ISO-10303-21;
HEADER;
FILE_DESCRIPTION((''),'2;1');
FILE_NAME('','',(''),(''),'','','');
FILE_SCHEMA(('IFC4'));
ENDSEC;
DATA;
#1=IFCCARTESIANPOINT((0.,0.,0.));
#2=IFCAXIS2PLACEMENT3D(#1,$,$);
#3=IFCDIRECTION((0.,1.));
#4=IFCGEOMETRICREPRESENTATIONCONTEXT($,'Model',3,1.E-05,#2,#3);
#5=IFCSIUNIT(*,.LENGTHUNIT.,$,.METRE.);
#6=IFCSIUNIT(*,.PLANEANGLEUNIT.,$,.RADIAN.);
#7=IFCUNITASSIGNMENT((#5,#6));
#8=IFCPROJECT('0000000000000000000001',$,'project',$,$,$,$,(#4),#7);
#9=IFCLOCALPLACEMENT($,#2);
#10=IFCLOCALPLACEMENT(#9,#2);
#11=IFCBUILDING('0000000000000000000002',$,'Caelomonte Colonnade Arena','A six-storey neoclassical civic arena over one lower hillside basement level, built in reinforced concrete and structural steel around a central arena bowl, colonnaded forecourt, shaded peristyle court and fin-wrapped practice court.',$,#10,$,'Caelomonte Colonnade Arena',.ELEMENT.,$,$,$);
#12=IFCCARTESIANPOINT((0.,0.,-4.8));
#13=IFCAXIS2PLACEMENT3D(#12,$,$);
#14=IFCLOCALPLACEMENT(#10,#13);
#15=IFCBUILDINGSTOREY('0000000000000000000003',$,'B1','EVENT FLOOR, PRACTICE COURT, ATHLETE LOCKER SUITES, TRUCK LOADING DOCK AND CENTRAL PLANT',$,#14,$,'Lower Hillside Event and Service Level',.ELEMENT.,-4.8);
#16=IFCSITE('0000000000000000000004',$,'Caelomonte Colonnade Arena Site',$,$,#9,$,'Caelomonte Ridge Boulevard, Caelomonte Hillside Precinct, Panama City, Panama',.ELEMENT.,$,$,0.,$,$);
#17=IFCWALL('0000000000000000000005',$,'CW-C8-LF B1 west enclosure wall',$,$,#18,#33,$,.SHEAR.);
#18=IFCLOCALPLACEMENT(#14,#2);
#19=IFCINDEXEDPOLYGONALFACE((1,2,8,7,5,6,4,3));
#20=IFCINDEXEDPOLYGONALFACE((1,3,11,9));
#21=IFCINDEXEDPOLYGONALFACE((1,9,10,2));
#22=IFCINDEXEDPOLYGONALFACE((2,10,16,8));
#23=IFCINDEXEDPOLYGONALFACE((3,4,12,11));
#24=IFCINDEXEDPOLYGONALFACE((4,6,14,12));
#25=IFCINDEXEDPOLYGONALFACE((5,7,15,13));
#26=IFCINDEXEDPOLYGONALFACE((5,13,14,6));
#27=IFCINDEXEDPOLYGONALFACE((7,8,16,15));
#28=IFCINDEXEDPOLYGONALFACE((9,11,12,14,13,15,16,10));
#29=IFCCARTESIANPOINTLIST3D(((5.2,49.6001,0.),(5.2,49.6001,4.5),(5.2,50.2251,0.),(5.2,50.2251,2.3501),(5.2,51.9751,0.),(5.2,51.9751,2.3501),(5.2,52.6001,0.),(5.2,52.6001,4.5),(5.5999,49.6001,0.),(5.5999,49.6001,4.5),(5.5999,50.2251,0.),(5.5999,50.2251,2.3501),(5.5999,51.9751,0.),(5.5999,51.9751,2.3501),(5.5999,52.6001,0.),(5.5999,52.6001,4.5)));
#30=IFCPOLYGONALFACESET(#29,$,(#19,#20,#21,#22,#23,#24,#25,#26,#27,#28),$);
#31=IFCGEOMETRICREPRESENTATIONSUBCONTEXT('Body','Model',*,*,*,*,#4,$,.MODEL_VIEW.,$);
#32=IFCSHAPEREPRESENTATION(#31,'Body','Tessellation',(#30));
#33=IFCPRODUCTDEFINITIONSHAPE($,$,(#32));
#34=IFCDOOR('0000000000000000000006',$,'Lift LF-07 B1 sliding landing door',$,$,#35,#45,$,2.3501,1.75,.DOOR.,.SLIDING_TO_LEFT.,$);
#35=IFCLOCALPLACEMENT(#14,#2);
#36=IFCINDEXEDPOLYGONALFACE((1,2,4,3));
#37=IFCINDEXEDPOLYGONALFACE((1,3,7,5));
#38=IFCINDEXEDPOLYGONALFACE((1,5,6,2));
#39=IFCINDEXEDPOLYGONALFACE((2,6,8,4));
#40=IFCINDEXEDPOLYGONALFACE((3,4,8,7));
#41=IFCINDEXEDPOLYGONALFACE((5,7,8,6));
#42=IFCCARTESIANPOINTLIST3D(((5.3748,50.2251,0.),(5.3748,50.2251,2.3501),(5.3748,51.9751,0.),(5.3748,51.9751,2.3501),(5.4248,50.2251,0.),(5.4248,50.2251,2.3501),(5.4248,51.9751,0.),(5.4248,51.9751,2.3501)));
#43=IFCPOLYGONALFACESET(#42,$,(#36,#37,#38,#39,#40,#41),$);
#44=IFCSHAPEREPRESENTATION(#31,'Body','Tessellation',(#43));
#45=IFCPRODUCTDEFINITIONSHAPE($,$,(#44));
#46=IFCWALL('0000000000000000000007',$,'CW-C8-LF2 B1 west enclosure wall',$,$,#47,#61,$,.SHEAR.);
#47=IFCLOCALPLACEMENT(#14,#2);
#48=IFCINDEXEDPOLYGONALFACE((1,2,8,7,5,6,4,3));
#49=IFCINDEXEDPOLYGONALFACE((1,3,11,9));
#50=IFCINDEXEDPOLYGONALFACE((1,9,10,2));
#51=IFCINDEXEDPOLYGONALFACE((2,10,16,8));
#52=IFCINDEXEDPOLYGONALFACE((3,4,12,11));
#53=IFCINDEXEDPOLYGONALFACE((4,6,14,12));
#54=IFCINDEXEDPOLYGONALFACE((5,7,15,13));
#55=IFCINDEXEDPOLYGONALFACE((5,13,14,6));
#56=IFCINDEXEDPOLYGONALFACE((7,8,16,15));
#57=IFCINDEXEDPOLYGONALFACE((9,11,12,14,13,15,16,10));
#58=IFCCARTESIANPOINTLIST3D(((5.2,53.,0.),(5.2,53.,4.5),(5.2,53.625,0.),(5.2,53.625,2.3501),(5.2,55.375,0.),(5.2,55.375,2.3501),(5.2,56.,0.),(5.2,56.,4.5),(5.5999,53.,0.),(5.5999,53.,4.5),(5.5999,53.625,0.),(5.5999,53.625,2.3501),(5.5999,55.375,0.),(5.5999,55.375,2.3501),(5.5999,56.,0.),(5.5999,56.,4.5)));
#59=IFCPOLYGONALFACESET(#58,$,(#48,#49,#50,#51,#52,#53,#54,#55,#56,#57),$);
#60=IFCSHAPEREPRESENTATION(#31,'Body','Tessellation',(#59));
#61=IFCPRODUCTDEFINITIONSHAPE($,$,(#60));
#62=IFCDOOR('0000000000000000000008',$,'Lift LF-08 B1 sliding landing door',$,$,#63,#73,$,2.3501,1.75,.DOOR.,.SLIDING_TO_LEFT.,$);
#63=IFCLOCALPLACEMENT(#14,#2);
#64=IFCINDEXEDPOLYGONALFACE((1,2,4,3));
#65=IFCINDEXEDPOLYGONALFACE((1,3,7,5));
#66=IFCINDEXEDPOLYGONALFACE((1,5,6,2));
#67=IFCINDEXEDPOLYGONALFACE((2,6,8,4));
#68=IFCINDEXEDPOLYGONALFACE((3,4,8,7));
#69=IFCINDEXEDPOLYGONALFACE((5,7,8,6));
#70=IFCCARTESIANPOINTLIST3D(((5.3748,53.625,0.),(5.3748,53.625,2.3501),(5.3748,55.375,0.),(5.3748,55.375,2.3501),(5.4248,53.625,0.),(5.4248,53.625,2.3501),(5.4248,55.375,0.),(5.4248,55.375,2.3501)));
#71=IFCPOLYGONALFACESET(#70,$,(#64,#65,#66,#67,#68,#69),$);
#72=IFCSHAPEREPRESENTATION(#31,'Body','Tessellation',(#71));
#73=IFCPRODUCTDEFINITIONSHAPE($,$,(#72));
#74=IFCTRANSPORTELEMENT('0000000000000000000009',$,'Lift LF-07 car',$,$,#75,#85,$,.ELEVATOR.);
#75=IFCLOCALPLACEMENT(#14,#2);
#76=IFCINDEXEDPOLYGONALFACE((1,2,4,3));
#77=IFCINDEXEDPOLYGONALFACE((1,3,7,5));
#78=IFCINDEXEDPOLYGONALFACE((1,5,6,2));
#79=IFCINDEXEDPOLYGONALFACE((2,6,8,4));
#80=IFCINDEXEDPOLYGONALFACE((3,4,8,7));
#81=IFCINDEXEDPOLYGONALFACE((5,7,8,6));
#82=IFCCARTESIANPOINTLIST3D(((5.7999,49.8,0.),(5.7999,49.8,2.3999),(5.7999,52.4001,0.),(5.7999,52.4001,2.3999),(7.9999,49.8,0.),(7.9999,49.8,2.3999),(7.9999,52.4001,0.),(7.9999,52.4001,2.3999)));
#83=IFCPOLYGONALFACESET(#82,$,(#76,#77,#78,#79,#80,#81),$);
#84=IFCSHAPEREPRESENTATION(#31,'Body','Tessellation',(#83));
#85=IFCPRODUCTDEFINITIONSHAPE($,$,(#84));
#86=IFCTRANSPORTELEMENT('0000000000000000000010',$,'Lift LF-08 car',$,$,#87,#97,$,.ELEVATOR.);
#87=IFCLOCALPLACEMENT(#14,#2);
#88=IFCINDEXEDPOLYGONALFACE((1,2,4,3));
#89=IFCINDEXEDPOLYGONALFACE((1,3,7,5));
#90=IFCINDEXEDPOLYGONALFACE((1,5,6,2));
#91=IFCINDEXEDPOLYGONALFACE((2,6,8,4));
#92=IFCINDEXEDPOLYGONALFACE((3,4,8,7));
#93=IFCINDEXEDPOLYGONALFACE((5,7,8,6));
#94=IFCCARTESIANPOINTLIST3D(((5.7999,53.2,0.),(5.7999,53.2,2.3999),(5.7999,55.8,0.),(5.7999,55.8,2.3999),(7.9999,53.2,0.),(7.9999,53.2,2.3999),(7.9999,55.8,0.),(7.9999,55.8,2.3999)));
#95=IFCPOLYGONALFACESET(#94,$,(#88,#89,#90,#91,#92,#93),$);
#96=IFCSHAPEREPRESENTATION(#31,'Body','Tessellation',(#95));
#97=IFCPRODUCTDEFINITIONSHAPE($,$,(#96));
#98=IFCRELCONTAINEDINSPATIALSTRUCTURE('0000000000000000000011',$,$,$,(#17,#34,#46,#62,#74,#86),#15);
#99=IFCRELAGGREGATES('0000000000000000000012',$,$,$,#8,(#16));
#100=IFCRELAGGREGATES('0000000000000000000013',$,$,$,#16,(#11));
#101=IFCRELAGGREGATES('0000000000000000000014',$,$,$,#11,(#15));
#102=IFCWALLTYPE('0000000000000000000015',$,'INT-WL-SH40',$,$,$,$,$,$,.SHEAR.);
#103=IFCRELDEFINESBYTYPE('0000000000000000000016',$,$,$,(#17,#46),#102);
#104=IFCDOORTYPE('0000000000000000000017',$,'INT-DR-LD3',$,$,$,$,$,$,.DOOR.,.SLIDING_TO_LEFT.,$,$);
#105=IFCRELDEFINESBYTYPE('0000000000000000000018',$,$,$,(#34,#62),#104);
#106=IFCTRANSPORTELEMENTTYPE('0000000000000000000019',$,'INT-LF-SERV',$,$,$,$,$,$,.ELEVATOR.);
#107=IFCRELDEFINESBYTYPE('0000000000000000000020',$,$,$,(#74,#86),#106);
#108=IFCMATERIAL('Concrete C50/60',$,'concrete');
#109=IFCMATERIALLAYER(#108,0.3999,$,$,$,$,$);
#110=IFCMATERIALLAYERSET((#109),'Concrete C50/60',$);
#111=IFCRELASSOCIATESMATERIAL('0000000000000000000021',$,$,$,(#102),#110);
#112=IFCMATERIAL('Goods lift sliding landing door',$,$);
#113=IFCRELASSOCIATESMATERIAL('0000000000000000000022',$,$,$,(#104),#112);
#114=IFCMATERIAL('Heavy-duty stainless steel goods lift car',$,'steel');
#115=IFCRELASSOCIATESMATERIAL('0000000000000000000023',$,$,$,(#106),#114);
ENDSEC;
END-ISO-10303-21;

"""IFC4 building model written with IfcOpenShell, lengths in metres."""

from ifc_helpers import new_model, si_unit, direction, frame, frame_2d, origin, origin_2d, place, context, subcontext, project, spatial, rectangle, extrude, material, layer, layer_set, type_object, element, fill, save


model = new_model("IFC4")

# Units and contexts
model_context = context("Model", 3, precision=1e-05, world=origin(), true_north=direction((0.0, 1.0)))
body_context = subcontext(model_context, "Body", "Model", "MODEL_VIEW")
ifc_project = project(units=[si_unit("LENGTHUNIT", "METRE"), si_unit("PLANEANGLEUNIT", "RADIAN")], contexts=[model_context])

# Site, building, storey
site_placement = place(None, origin())
site = spatial("IfcSite", under=ifc_project, at=site_placement, Name="Caelomonte Colonnade Arena Site", LongName="Caelomonte Ridge Boulevard, Caelomonte Hillside Precinct, Panama City, Panama", CompositionType="ELEMENT", RefElevation=0.0)
building_placement = place(site_placement, origin())
building = spatial("IfcBuilding", under=site, at=building_placement, Name="Caelomonte Colonnade Arena", Description="A six-storey neoclassical civic arena over one lower hillside basement level, built in reinforced concrete and structural steel around a central arena bowl, colonnaded forecourt, shaded peristyle court and fin-wrapped practice court.", LongName="Caelomonte Colonnade Arena", CompositionType="ELEMENT")
storey_placement = place(building_placement, frame((0.0, 0.0, -4.8)))
storey = spatial("IfcBuildingStorey", under=building, at=storey_placement, Name="B1", Description="EVENT FLOOR, PRACTICE COURT, ATHLETE LOCKER SUITES, TRUCK LOADING DOCK AND CENTRAL PLANT", LongName="Lower Hillside Event and Service Level", CompositionType="ELEMENT", Elevation=-4.8)

# Shared definitions
ifc_material_1 = material(Name="Concrete C50/60", Category="concrete")
ifc_layer_1 = layer(ifc_material_1, 0.3999)
ifc_layer_set_1 = layer_set([ifc_layer_1], Name="Concrete C50/60")
wall_type_1 = type_object("IfcWallType", Name="INT-WL-SH40", PredefinedType="SHEAR", material=ifc_layer_set_1)

# Walls, openings, doors
wall_1_placement = place(storey_placement, frame((5.3999, 52.6001, 0.0), z_axis=(0.0, 0.0, 1.0), x_axis=(0.0, -1.0, 0.0)))
wall_1 = element("IfcWall", 1, at=wall_1_placement, inside=storey, type_object=wall_type_1, Name="CW-C8-LF B1 west enclosure wall", PredefinedType="SHEAR", context=body_context, shape_type="SweptSolid", body=[
    extrude(rectangle(XDim=3.0, YDim=0.3999, at=frame_2d((1.5, 0.0))), origin(), (0.0, 0.0, 1.0), 4.5),
])
opening_1_placement = place(wall_1_placement, frame((0.625, 0.0, 0.0), z_axis=(0.0, 0.0, 1.0), x_axis=(1.0, 0.0, 0.0)))
opening_1 = element("IfcOpeningElement", 2, at=opening_1_placement, cuts=wall_1, PredefinedType="OPENING", context=body_context, shape_type="SweptSolid", body=[
    extrude(rectangle(XDim=1.75, YDim=2.3501, at=frame_2d((0.875, 1.175))), frame((0.0, 0.21, 0.0), z_axis=(0.0, -1.0, 0.0), x_axis=(1.0, 0.0, 0.0)), (0.0, 0.0, 1.0), 0.4199),
])
ifc_material_2 = material(Name="Goods lift sliding landing door")
door_type = type_object("IfcDoorType", Name="INT-DR-LD3", OperationType="SLIDING_TO_LEFT", PredefinedType="DOOR", material=ifc_material_2)
door_1_placement = place(opening_1_placement, origin())
door_1 = element("IfcDoor", 3, at=door_1_placement, inside=storey, type_object=door_type, Name="Lift LF-07 B1 sliding landing door", OperationType="SLIDING_TO_LEFT", OverallHeight=2.3501, OverallWidth=1.75, PredefinedType="DOOR", context=body_context, shape_type="SweptSolid", body=[
    extrude(rectangle(XDim=1.75, YDim=2.3501, at=frame_2d((0.875, 1.175))), frame((0.0, 0.0249, 0.0), z_axis=(0.0, -1.0, 0.0), x_axis=(1.0, 0.0, 0.0)), (0.0, 0.0, 1.0), 0.05),
])
fill(opening_1, door_1)
wall_2_placement = place(storey_placement, frame((5.3999, 56.0, 0.0), z_axis=(0.0, 0.0, 1.0), x_axis=(0.0, -1.0, 0.0)))
wall_2 = element("IfcWall", 4, at=wall_2_placement, inside=storey, type_object=wall_type_1, Name="CW-C8-LF2 B1 west enclosure wall", PredefinedType="SHEAR", context=body_context, shape_type="SweptSolid", body=[
    extrude(rectangle(XDim=3.0, YDim=0.3999, at=frame_2d((1.5, 0.0))), origin(), (0.0, 0.0, 1.0), 4.5),
])
opening_2_placement = place(wall_2_placement, frame((0.625, 0.0, 0.0), z_axis=(0.0, 0.0, 1.0), x_axis=(1.0, 0.0, 0.0)))
opening_2 = element("IfcOpeningElement", 5, at=opening_2_placement, cuts=wall_2, PredefinedType="OPENING", context=body_context, shape_type="SweptSolid", body=[
    extrude(rectangle(XDim=1.75, YDim=2.3501, at=frame_2d((0.875, 1.175))), frame((0.0, 0.21, 0.0), z_axis=(0.0, -1.0, 0.0), x_axis=(1.0, 0.0, 0.0)), (0.0, 0.0, 1.0), 0.4199),
])
door_2_placement = place(opening_2_placement, origin())
door_2 = element("IfcDoor", 6, at=door_2_placement, inside=storey, type_object=door_type, Name="Lift LF-08 B1 sliding landing door", OperationType="SLIDING_TO_LEFT", OverallHeight=2.3501, OverallWidth=1.75, PredefinedType="DOOR", context=body_context, shape_type="SweptSolid", body=[
    extrude(rectangle(XDim=1.75, YDim=2.3501, at=frame_2d((0.875, 1.175))), frame((0.0, 0.0249, 0.0), z_axis=(0.0, -1.0, 0.0), x_axis=(1.0, 0.0, 0.0)), (0.0, 0.0, 1.0), 0.05),
])
fill(opening_2, door_2)

# Transport elements
ifc_material_3 = material(Name="Heavy-duty stainless steel goods lift car", Category="steel")
transport_element_type = type_object("IfcTransportElementType", Name="INT-LF-SERV", PredefinedType="ELEVATOR", material=ifc_material_3)
for number, where, z_axis, x_axis, name in (
    (7, (6.8999, 51.1001, 0.0), (0.0, 0.0, 1.0), (1.0, 0.0, 0.0), "Lift LF-07 car"),
    (8, (6.8999, 54.5, 0.0), (0.0, 0.0, 1.0), (1.0, 0.0, 0.0), "Lift LF-08 car"),
):
    element("IfcTransportElement", number, at=place(storey_placement, frame(where, z_axis=z_axis, x_axis=x_axis)), inside=storey, type_object=transport_element_type, Name=name, PredefinedType="ELEVATOR", context=body_context, shape_type="SweptSolid", body=[
        extrude(rectangle(XDim=2.2, YDim=2.6001, at=origin_2d()), origin(), (0.0, 0.0, 1.0), 2.3999),
    ])

save(model, "model.ifc")
